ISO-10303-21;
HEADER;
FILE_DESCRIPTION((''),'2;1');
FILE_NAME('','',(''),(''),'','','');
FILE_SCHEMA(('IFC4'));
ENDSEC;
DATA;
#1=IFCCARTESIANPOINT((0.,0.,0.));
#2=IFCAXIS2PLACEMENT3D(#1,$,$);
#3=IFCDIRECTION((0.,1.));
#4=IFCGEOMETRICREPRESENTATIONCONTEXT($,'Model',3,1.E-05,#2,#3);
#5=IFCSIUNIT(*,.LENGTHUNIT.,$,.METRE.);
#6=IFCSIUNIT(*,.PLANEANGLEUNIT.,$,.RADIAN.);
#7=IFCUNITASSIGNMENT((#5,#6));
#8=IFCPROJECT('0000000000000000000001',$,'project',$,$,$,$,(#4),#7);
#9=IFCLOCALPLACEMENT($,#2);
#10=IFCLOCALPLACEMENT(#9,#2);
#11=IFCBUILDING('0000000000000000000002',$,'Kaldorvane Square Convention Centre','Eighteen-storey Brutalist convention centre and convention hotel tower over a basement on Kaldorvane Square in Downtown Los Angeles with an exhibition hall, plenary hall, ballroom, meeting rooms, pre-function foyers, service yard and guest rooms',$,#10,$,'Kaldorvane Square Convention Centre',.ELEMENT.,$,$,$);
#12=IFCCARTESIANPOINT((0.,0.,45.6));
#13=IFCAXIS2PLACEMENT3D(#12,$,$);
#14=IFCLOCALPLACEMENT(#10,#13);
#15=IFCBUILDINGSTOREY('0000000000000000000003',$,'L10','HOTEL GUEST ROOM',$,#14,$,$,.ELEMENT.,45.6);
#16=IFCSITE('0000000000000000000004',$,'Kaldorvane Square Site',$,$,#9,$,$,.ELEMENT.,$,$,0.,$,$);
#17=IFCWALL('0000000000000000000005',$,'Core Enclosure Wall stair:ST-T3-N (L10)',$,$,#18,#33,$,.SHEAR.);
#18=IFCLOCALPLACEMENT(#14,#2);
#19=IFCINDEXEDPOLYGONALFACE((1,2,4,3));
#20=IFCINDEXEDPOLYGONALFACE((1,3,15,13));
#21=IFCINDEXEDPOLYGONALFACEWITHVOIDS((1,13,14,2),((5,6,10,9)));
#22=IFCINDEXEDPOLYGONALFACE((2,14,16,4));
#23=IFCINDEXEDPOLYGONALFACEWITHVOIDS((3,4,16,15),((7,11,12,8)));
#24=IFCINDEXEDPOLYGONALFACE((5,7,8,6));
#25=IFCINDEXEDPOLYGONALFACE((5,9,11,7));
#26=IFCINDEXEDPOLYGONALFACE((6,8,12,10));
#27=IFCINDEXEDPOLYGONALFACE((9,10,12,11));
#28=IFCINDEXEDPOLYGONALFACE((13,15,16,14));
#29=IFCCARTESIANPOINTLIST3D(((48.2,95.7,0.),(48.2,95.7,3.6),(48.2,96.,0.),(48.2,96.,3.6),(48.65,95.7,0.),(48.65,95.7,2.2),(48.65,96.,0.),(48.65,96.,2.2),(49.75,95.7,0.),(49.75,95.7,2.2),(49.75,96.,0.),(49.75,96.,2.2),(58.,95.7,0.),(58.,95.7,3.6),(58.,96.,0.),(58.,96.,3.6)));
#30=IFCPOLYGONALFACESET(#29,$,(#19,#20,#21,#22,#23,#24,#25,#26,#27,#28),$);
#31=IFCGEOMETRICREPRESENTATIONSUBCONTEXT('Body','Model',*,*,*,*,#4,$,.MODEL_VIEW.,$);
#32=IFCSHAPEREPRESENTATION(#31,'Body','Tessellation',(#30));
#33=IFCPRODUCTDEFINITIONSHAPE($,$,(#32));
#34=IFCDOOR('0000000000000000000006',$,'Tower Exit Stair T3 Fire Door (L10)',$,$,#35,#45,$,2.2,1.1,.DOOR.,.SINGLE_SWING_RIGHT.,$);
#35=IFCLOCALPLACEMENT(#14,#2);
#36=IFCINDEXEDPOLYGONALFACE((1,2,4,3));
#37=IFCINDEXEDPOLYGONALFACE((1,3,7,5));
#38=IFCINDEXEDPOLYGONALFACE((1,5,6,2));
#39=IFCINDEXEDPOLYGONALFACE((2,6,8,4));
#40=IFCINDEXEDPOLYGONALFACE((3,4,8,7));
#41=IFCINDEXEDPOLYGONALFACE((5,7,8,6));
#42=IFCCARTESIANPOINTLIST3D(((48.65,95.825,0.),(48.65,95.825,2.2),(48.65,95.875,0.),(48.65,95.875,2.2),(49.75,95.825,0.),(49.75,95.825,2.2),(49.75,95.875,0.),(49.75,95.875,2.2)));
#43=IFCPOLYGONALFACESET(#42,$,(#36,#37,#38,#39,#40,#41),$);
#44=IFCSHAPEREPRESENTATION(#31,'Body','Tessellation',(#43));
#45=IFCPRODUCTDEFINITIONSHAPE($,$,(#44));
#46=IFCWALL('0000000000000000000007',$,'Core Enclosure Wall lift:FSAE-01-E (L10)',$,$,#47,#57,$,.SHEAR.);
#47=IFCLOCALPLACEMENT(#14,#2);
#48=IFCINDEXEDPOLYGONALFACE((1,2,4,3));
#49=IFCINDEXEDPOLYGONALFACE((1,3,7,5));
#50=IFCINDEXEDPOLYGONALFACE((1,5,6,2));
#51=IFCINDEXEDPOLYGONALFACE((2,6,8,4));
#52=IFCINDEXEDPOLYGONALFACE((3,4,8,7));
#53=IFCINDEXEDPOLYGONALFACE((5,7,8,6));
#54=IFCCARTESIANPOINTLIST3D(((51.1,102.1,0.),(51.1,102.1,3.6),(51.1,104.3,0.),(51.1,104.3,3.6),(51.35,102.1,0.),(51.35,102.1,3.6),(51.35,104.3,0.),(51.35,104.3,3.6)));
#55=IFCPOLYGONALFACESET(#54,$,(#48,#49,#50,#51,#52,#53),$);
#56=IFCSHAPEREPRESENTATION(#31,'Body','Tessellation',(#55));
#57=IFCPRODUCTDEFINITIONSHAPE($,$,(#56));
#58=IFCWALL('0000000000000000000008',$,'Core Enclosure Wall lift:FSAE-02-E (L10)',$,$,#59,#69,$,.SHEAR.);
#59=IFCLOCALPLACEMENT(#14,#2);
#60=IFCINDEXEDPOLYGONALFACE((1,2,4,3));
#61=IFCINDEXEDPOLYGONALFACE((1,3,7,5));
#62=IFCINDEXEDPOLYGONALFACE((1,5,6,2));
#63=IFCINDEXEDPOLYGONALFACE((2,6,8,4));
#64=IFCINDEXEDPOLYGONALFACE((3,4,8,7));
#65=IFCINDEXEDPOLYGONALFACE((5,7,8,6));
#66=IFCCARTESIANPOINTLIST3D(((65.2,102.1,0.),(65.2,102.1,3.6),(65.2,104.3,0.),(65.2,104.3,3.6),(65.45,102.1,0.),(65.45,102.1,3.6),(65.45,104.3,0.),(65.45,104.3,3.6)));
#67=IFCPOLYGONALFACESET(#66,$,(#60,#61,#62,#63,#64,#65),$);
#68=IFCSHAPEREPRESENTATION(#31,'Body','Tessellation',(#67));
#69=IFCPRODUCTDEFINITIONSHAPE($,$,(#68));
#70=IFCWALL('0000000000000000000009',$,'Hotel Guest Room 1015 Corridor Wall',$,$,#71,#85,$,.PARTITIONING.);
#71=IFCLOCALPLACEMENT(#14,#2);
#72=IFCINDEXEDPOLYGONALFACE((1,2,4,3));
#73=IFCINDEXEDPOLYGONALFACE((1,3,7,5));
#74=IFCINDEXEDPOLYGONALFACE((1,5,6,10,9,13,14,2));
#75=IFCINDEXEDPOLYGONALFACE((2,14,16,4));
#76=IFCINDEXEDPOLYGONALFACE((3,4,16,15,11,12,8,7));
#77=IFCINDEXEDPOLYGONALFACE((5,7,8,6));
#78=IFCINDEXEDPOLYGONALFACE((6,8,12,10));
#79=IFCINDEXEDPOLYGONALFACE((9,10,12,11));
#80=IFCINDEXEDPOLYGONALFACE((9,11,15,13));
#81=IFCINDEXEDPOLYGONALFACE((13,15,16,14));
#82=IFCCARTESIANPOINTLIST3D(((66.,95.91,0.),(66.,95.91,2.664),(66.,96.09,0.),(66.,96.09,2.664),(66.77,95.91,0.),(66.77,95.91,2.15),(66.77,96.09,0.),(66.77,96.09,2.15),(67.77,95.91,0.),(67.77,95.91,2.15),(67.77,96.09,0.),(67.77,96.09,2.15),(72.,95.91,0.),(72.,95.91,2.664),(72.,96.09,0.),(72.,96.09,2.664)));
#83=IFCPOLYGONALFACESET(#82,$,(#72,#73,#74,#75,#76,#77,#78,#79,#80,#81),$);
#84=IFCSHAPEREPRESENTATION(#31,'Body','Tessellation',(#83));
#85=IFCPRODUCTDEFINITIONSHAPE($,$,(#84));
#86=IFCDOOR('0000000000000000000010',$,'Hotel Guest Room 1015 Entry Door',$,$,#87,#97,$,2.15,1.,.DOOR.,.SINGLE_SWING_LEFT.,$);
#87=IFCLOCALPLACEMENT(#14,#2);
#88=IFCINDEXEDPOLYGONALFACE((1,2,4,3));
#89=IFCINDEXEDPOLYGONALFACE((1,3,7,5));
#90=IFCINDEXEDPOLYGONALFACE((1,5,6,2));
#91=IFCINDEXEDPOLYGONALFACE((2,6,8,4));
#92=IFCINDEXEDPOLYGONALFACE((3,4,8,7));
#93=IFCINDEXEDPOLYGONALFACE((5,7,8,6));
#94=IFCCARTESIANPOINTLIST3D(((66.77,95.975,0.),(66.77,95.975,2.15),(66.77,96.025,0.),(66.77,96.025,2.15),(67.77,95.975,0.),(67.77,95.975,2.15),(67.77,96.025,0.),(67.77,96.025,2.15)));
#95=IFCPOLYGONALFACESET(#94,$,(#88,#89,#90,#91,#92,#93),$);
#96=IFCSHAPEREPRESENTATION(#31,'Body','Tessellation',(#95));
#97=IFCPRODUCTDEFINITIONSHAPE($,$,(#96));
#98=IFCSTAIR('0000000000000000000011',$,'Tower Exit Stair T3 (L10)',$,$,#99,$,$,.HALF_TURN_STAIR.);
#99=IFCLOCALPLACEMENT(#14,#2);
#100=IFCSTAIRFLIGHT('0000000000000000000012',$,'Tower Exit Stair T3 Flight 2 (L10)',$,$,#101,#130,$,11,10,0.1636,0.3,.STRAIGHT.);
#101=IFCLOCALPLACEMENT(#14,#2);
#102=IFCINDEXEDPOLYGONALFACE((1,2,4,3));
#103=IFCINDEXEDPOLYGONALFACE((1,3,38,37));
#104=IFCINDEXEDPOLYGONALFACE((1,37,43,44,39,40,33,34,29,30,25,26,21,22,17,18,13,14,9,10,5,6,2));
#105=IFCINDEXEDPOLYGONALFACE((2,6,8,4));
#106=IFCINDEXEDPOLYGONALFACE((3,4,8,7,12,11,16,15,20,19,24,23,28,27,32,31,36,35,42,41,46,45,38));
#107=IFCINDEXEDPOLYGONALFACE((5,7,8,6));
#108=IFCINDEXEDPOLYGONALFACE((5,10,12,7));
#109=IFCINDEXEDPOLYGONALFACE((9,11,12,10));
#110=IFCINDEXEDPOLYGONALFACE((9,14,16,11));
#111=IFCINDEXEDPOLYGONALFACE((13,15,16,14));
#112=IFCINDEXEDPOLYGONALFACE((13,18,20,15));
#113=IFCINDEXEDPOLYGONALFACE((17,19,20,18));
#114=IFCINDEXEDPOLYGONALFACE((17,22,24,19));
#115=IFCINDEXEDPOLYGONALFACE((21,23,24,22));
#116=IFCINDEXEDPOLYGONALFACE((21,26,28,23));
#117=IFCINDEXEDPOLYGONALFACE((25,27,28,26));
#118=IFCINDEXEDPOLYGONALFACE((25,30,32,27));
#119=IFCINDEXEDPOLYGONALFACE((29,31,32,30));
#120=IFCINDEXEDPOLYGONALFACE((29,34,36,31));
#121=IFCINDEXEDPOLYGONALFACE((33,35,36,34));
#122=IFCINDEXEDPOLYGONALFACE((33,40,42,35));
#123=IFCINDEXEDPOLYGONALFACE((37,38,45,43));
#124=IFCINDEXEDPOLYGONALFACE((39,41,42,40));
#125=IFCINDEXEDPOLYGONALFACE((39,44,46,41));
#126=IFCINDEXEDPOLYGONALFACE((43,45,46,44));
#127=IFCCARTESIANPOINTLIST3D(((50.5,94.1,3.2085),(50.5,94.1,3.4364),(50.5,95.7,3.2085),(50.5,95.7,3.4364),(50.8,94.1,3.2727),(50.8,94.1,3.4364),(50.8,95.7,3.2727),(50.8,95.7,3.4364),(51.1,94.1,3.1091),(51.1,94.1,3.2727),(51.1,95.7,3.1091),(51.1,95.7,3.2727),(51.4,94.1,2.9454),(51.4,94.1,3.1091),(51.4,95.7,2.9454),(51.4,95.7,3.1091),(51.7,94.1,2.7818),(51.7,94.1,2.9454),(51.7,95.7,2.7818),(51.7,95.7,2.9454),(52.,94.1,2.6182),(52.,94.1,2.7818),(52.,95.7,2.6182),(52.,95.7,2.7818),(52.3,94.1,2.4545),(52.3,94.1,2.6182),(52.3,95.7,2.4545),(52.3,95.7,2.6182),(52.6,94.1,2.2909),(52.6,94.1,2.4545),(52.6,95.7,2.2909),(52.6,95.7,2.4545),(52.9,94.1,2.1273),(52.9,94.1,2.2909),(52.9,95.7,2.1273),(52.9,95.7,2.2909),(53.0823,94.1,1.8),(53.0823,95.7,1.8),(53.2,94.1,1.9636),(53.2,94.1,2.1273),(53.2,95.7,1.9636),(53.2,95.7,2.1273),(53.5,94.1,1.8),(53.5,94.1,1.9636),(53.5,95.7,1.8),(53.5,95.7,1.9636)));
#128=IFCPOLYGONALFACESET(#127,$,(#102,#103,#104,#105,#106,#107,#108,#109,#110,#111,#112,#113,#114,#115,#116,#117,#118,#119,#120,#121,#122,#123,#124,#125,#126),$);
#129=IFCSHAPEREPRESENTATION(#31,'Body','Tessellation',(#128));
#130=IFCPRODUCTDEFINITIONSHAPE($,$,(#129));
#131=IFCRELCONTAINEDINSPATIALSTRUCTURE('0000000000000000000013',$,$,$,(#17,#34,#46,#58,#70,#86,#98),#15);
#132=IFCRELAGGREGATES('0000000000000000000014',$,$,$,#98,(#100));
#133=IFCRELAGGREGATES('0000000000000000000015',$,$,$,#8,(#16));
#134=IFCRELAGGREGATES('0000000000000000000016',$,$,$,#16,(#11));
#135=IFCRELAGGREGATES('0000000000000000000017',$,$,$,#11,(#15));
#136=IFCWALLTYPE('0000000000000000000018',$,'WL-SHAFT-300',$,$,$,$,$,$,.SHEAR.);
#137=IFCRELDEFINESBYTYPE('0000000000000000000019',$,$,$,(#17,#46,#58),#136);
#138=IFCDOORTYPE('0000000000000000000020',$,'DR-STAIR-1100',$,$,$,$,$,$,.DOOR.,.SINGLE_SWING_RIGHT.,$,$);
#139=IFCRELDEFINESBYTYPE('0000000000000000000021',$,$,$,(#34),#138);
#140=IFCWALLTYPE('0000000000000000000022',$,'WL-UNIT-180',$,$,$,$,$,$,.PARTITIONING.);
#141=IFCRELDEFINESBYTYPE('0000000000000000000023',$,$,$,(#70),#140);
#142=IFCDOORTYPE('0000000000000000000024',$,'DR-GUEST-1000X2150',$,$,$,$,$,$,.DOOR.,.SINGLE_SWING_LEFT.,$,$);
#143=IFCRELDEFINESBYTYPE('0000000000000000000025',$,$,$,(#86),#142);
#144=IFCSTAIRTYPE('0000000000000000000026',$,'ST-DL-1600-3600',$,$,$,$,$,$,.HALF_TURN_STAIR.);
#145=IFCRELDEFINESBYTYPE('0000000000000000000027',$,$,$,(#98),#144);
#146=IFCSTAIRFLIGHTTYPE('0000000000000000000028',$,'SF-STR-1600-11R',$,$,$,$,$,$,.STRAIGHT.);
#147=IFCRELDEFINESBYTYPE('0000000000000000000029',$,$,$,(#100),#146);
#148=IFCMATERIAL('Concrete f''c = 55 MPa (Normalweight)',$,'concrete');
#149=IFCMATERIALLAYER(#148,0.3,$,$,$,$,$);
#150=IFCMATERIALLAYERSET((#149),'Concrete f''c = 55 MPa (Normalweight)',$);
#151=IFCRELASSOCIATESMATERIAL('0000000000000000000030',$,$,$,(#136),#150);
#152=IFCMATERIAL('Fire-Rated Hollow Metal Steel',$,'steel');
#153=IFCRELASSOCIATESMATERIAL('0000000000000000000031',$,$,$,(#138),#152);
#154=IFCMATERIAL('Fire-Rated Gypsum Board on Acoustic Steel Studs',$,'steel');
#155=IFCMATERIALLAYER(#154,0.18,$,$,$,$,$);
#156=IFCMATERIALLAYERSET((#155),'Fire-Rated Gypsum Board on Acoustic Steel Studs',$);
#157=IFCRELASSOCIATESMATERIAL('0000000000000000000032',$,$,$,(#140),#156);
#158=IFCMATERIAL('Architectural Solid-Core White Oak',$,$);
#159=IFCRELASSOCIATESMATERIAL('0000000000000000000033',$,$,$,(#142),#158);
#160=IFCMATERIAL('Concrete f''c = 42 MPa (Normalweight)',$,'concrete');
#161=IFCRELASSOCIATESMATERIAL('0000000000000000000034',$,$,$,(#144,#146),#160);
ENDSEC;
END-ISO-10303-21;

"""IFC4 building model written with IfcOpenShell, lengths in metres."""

from ifc_helpers import new_model, si_unit, direction, frame, frame_2d, origin, place, context, subcontext, project, spatial, polyline, rectangle, outline, extrude, material, layer, layer_set, type_object, element, fill, aggregate, save


model = new_model("IFC4")

# Units and contexts
model_context = context("Model", 3, precision=1e-05, world=origin(), true_north=direction((0.0, 1.0)))
body_context = subcontext(model_context, "Body", "Model", "MODEL_VIEW")
ifc_project = project(units=[si_unit("LENGTHUNIT", "METRE"), si_unit("PLANEANGLEUNIT", "RADIAN")], contexts=[model_context])

# Site, building, storey
site_placement = place(None, origin())
site = spatial("IfcSite", under=ifc_project, at=site_placement, Name="Kaldorvane Square Site", CompositionType="ELEMENT", RefElevation=0.0)
building_placement = place(site_placement, origin())
building = spatial("IfcBuilding", under=site, at=building_placement, Name="Kaldorvane Square Convention Centre", Description="Eighteen-storey Brutalist convention centre and convention hotel tower over a basement on Kaldorvane Square in Downtown Los Angeles with an exhibition hall, plenary hall, ballroom, meeting rooms, pre-function foyers, service yard and guest rooms", LongName="Kaldorvane Square Convention Centre", CompositionType="ELEMENT")
storey_placement = place(building_placement, frame((0.0, 0.0, 45.6)))
storey = spatial("IfcBuildingStorey", under=building, at=storey_placement, Name="L10", Description="HOTEL GUEST ROOM", CompositionType="ELEMENT", Elevation=45.6)

# Shared definitions
ifc_material_1 = material(Name="Fire-Rated Gypsum Board on Acoustic Steel Studs", Category="steel")
ifc_material_2 = material(Name="Architectural Solid-Core White Oak")

# Wall, opening, door
ifc_material_3 = material(Name="Concrete f'c = 55 MPa (Normalweight)", Category="concrete")
ifc_layer_1 = layer(ifc_material_3, 0.3)
ifc_layer_set_1 = layer_set([ifc_layer_1], Name="Concrete f'c = 55 MPa (Normalweight)")
wall_type_1 = type_object("IfcWallType", Name="WL-SHAFT-300", PredefinedType="SHEAR", material=ifc_layer_set_1)
ifc_material_4 = material(Name="Fire-Rated Hollow Metal Steel", Category="steel")
door_type_1 = type_object("IfcDoorType", Name="DR-STAIR-1100", OperationType="SINGLE_SWING_RIGHT", PredefinedType="DOOR", material=ifc_material_4)
wall_1_placement = place(storey_placement, frame((58.0, 95.85, 0.0), z_axis=(0.0, 0.0, 1.0), x_axis=(-1.0, 0.0, 0.0)))
wall_1 = element("IfcWall", 1, at=wall_1_placement, inside=storey, type_object=wall_type_1, Name="Core Enclosure Wall stair:ST-T3-N (L10)", PredefinedType="SHEAR", context=body_context, shape_type="SweptSolid", body=[
    extrude(rectangle(XDim=9.8, YDim=0.3, at=frame_2d((4.9, 0.0))), origin(), (0.0, 0.0, 1.0), 3.6),
])
opening_1_placement = place(wall_1_placement, frame((8.25, 0.0, 0.0)))
opening_1 = element("IfcOpeningElement", 2, at=opening_1_placement, cuts=wall_1, PredefinedType="OPENING", context=body_context, shape_type="SweptSolid", body=[
    extrude(rectangle(XDim=1.1, YDim=2.2, at=frame_2d((0.55, 1.1))), frame((0.0, 0.165, 0.0), z_axis=(0.0, -1.0, 0.0), x_axis=(1.0, 0.0, 0.0)), (0.0, 0.0, 1.0), 0.33),
])
door_1_placement = place(opening_1_placement, origin())
door_1 = element("IfcDoor", 3, at=door_1_placement, inside=storey, type_object=door_type_1, Name="Tower Exit Stair T3 Fire Door (L10)", OperationType="SINGLE_SWING_RIGHT", OverallHeight=2.2, OverallWidth=1.1, PredefinedType="DOOR", context=body_context, shape_type="SweptSolid", body=[
    extrude(rectangle(XDim=1.1, YDim=2.2, at=frame_2d((0.55, 1.1))), frame((0.0, 0.025, 0.0), z_axis=(0.0, -1.0, 0.0), x_axis=(1.0, 0.0, 0.0)), (0.0, 0.0, 1.0), 0.05),
])
fill(opening_1, door_1)

# Wall
wall_2_placement = place(storey_placement, frame((51.225, 102.1, 0.0), z_axis=(0.0, 0.0, 1.0), x_axis=(0.0, 1.0, 0.0)))
element("IfcWall", 4, at=wall_2_placement, inside=storey, type_object=wall_type_1, Name="Core Enclosure Wall lift:FSAE-01-E (L10)", PredefinedType="SHEAR", context=body_context, shape_type="SweptSolid", body=[
    extrude(rectangle(XDim=2.2, YDim=0.25, at=frame_2d((1.1, 0.0))), origin(), (0.0, 0.0, 1.0), 3.6),
])

# Wall
wall_3_placement = place(storey_placement, frame((65.325, 102.1, 0.0), z_axis=(0.0, 0.0, 1.0), x_axis=(0.0, 1.0, 0.0)))
element("IfcWall", 5, at=wall_3_placement, inside=storey, type_object=wall_type_1, Name="Core Enclosure Wall lift:FSAE-02-E (L10)", PredefinedType="SHEAR", context=body_context, shape_type="SweptSolid", body=[
    extrude(rectangle(XDim=2.2, YDim=0.25, at=frame_2d((1.1, 0.0))), origin(), (0.0, 0.0, 1.0), 3.6),
])

# Wall, opening, door
ifc_layer_2 = layer(ifc_material_1, 0.18)
ifc_layer_set_2 = layer_set([ifc_layer_2], Name="Fire-Rated Gypsum Board on Acoustic Steel Studs")
wall_type_2 = type_object("IfcWallType", Name="WL-UNIT-180", PredefinedType="PARTITIONING", material=ifc_layer_set_2)
wall_4_placement = place(storey_placement, frame((66.0, 96.0, 0.0), z_axis=(0.0, 0.0, 1.0), x_axis=(1.0, 0.0, 0.0)))
wall_4 = element("IfcWall", 6, at=wall_4_placement, inside=storey, type_object=wall_type_2, Name="Hotel Guest Room 1015 Corridor Wall", PredefinedType="PARTITIONING", context=body_context, shape_type="SweptSolid", body=[
    extrude(rectangle(XDim=6.0, YDim=0.18, at=frame_2d((3.0, 0.0))), origin(), (0.0, 0.0, 1.0), 2.664),
])
opening_2_placement = place(wall_4_placement, frame((0.77, 0.0, 0.0)))
opening_2 = element("IfcOpeningElement", 7, at=opening_2_placement, cuts=wall_4, PredefinedType="OPENING", context=body_context, shape_type="SweptSolid", body=[
    extrude(rectangle(XDim=1.0, YDim=2.15, at=frame_2d((0.5, 1.075))), frame((0.0, 0.105, 0.0), z_axis=(0.0, -1.0, 0.0), x_axis=(1.0, 0.0, 0.0)), (0.0, 0.0, 1.0), 0.21),
])
door_type_2 = type_object("IfcDoorType", Name="DR-GUEST-1000X2150", OperationType="SINGLE_SWING_LEFT", PredefinedType="DOOR", material=ifc_material_2)
door_2_placement = place(opening_2_placement, origin())
door_2 = element("IfcDoor", 8, at=door_2_placement, inside=storey, type_object=door_type_2, Name="Hotel Guest Room 1015 Entry Door", OperationType="SINGLE_SWING_LEFT", OverallHeight=2.15, OverallWidth=1.0, PredefinedType="DOOR", context=body_context, shape_type="SweptSolid", body=[
    extrude(rectangle(XDim=1.0, YDim=2.15, at=frame_2d((0.5, 1.075))), frame((0.0, 0.025, 0.0), z_axis=(0.0, -1.0, 0.0), x_axis=(1.0, 0.0, 0.0)), (0.0, 0.0, 1.0), 0.05),
])
fill(opening_2, door_2)

# Stair, stair flight
ifc_material_5 = material(Name="Concrete f'c = 42 MPa (Normalweight)", Category="concrete")
stair_type = type_object("IfcStairType", Name="ST-DL-1600-3600", PredefinedType="HALF_TURN_STAIR", material=ifc_material_5)
stair_placement = place(storey_placement, origin())
stair = element("IfcStair", 9, at=stair_placement, inside=storey, type_object=stair_type, Name="Tower Exit Stair T3 (L10)", PredefinedType="HALF_TURN_STAIR")
stair_flight_type = type_object("IfcStairFlightType", Name="SF-STR-1600-11R", PredefinedType="STRAIGHT", material=ifc_material_5)
stair_flight_placement = place(storey_placement, frame((53.5, 94.9, 1.8), z_axis=(0.0, 0.0, 1.0), x_axis=(-1.0, 0.0, 0.0)))
stair_flight = element("IfcStairFlight", 10, at=stair_flight_placement, type_object=stair_flight_type, Name="Tower Exit Stair T3 Flight 2 (L10)", NumberOfRisers=11, NumberOfTreads=10, PredefinedType="STRAIGHT", RiserHeight=0.1636, TreadLength=0.3, context=body_context, shape_type="SweptSolid", body=[
    extrude(outline(polyline([(0.0, 0.0), (0.0, 0.1636), (0.3, 0.1636), (0.3, 0.3273), (0.6, 0.3273), (0.6, 0.4909), (0.9, 0.4909), (0.9, 0.6545), (1.2, 0.6545), (1.2, 0.8182), (1.5, 0.8182), (1.5, 0.9818), (1.8, 0.9818), (1.8, 1.1455), (2.1, 1.1455), (2.1, 1.3091), (2.4, 1.3091), (2.4, 1.4727), (2.7, 1.4727), (2.7, 1.6364), (3.0, 1.6364), (3.0, 1.8), (3.0, 1.4086), (0.4177, 0.0), (0.0, 0.0)])), frame((0.0, 0.8, 0.0), z_axis=(0.0, -1.0, 0.0), x_axis=(1.0, 0.0, 0.0)), (0.0, 0.0, 1.0), 1.6),
])
aggregate(stair, [stair_flight])

save(model, "model.ifc")
